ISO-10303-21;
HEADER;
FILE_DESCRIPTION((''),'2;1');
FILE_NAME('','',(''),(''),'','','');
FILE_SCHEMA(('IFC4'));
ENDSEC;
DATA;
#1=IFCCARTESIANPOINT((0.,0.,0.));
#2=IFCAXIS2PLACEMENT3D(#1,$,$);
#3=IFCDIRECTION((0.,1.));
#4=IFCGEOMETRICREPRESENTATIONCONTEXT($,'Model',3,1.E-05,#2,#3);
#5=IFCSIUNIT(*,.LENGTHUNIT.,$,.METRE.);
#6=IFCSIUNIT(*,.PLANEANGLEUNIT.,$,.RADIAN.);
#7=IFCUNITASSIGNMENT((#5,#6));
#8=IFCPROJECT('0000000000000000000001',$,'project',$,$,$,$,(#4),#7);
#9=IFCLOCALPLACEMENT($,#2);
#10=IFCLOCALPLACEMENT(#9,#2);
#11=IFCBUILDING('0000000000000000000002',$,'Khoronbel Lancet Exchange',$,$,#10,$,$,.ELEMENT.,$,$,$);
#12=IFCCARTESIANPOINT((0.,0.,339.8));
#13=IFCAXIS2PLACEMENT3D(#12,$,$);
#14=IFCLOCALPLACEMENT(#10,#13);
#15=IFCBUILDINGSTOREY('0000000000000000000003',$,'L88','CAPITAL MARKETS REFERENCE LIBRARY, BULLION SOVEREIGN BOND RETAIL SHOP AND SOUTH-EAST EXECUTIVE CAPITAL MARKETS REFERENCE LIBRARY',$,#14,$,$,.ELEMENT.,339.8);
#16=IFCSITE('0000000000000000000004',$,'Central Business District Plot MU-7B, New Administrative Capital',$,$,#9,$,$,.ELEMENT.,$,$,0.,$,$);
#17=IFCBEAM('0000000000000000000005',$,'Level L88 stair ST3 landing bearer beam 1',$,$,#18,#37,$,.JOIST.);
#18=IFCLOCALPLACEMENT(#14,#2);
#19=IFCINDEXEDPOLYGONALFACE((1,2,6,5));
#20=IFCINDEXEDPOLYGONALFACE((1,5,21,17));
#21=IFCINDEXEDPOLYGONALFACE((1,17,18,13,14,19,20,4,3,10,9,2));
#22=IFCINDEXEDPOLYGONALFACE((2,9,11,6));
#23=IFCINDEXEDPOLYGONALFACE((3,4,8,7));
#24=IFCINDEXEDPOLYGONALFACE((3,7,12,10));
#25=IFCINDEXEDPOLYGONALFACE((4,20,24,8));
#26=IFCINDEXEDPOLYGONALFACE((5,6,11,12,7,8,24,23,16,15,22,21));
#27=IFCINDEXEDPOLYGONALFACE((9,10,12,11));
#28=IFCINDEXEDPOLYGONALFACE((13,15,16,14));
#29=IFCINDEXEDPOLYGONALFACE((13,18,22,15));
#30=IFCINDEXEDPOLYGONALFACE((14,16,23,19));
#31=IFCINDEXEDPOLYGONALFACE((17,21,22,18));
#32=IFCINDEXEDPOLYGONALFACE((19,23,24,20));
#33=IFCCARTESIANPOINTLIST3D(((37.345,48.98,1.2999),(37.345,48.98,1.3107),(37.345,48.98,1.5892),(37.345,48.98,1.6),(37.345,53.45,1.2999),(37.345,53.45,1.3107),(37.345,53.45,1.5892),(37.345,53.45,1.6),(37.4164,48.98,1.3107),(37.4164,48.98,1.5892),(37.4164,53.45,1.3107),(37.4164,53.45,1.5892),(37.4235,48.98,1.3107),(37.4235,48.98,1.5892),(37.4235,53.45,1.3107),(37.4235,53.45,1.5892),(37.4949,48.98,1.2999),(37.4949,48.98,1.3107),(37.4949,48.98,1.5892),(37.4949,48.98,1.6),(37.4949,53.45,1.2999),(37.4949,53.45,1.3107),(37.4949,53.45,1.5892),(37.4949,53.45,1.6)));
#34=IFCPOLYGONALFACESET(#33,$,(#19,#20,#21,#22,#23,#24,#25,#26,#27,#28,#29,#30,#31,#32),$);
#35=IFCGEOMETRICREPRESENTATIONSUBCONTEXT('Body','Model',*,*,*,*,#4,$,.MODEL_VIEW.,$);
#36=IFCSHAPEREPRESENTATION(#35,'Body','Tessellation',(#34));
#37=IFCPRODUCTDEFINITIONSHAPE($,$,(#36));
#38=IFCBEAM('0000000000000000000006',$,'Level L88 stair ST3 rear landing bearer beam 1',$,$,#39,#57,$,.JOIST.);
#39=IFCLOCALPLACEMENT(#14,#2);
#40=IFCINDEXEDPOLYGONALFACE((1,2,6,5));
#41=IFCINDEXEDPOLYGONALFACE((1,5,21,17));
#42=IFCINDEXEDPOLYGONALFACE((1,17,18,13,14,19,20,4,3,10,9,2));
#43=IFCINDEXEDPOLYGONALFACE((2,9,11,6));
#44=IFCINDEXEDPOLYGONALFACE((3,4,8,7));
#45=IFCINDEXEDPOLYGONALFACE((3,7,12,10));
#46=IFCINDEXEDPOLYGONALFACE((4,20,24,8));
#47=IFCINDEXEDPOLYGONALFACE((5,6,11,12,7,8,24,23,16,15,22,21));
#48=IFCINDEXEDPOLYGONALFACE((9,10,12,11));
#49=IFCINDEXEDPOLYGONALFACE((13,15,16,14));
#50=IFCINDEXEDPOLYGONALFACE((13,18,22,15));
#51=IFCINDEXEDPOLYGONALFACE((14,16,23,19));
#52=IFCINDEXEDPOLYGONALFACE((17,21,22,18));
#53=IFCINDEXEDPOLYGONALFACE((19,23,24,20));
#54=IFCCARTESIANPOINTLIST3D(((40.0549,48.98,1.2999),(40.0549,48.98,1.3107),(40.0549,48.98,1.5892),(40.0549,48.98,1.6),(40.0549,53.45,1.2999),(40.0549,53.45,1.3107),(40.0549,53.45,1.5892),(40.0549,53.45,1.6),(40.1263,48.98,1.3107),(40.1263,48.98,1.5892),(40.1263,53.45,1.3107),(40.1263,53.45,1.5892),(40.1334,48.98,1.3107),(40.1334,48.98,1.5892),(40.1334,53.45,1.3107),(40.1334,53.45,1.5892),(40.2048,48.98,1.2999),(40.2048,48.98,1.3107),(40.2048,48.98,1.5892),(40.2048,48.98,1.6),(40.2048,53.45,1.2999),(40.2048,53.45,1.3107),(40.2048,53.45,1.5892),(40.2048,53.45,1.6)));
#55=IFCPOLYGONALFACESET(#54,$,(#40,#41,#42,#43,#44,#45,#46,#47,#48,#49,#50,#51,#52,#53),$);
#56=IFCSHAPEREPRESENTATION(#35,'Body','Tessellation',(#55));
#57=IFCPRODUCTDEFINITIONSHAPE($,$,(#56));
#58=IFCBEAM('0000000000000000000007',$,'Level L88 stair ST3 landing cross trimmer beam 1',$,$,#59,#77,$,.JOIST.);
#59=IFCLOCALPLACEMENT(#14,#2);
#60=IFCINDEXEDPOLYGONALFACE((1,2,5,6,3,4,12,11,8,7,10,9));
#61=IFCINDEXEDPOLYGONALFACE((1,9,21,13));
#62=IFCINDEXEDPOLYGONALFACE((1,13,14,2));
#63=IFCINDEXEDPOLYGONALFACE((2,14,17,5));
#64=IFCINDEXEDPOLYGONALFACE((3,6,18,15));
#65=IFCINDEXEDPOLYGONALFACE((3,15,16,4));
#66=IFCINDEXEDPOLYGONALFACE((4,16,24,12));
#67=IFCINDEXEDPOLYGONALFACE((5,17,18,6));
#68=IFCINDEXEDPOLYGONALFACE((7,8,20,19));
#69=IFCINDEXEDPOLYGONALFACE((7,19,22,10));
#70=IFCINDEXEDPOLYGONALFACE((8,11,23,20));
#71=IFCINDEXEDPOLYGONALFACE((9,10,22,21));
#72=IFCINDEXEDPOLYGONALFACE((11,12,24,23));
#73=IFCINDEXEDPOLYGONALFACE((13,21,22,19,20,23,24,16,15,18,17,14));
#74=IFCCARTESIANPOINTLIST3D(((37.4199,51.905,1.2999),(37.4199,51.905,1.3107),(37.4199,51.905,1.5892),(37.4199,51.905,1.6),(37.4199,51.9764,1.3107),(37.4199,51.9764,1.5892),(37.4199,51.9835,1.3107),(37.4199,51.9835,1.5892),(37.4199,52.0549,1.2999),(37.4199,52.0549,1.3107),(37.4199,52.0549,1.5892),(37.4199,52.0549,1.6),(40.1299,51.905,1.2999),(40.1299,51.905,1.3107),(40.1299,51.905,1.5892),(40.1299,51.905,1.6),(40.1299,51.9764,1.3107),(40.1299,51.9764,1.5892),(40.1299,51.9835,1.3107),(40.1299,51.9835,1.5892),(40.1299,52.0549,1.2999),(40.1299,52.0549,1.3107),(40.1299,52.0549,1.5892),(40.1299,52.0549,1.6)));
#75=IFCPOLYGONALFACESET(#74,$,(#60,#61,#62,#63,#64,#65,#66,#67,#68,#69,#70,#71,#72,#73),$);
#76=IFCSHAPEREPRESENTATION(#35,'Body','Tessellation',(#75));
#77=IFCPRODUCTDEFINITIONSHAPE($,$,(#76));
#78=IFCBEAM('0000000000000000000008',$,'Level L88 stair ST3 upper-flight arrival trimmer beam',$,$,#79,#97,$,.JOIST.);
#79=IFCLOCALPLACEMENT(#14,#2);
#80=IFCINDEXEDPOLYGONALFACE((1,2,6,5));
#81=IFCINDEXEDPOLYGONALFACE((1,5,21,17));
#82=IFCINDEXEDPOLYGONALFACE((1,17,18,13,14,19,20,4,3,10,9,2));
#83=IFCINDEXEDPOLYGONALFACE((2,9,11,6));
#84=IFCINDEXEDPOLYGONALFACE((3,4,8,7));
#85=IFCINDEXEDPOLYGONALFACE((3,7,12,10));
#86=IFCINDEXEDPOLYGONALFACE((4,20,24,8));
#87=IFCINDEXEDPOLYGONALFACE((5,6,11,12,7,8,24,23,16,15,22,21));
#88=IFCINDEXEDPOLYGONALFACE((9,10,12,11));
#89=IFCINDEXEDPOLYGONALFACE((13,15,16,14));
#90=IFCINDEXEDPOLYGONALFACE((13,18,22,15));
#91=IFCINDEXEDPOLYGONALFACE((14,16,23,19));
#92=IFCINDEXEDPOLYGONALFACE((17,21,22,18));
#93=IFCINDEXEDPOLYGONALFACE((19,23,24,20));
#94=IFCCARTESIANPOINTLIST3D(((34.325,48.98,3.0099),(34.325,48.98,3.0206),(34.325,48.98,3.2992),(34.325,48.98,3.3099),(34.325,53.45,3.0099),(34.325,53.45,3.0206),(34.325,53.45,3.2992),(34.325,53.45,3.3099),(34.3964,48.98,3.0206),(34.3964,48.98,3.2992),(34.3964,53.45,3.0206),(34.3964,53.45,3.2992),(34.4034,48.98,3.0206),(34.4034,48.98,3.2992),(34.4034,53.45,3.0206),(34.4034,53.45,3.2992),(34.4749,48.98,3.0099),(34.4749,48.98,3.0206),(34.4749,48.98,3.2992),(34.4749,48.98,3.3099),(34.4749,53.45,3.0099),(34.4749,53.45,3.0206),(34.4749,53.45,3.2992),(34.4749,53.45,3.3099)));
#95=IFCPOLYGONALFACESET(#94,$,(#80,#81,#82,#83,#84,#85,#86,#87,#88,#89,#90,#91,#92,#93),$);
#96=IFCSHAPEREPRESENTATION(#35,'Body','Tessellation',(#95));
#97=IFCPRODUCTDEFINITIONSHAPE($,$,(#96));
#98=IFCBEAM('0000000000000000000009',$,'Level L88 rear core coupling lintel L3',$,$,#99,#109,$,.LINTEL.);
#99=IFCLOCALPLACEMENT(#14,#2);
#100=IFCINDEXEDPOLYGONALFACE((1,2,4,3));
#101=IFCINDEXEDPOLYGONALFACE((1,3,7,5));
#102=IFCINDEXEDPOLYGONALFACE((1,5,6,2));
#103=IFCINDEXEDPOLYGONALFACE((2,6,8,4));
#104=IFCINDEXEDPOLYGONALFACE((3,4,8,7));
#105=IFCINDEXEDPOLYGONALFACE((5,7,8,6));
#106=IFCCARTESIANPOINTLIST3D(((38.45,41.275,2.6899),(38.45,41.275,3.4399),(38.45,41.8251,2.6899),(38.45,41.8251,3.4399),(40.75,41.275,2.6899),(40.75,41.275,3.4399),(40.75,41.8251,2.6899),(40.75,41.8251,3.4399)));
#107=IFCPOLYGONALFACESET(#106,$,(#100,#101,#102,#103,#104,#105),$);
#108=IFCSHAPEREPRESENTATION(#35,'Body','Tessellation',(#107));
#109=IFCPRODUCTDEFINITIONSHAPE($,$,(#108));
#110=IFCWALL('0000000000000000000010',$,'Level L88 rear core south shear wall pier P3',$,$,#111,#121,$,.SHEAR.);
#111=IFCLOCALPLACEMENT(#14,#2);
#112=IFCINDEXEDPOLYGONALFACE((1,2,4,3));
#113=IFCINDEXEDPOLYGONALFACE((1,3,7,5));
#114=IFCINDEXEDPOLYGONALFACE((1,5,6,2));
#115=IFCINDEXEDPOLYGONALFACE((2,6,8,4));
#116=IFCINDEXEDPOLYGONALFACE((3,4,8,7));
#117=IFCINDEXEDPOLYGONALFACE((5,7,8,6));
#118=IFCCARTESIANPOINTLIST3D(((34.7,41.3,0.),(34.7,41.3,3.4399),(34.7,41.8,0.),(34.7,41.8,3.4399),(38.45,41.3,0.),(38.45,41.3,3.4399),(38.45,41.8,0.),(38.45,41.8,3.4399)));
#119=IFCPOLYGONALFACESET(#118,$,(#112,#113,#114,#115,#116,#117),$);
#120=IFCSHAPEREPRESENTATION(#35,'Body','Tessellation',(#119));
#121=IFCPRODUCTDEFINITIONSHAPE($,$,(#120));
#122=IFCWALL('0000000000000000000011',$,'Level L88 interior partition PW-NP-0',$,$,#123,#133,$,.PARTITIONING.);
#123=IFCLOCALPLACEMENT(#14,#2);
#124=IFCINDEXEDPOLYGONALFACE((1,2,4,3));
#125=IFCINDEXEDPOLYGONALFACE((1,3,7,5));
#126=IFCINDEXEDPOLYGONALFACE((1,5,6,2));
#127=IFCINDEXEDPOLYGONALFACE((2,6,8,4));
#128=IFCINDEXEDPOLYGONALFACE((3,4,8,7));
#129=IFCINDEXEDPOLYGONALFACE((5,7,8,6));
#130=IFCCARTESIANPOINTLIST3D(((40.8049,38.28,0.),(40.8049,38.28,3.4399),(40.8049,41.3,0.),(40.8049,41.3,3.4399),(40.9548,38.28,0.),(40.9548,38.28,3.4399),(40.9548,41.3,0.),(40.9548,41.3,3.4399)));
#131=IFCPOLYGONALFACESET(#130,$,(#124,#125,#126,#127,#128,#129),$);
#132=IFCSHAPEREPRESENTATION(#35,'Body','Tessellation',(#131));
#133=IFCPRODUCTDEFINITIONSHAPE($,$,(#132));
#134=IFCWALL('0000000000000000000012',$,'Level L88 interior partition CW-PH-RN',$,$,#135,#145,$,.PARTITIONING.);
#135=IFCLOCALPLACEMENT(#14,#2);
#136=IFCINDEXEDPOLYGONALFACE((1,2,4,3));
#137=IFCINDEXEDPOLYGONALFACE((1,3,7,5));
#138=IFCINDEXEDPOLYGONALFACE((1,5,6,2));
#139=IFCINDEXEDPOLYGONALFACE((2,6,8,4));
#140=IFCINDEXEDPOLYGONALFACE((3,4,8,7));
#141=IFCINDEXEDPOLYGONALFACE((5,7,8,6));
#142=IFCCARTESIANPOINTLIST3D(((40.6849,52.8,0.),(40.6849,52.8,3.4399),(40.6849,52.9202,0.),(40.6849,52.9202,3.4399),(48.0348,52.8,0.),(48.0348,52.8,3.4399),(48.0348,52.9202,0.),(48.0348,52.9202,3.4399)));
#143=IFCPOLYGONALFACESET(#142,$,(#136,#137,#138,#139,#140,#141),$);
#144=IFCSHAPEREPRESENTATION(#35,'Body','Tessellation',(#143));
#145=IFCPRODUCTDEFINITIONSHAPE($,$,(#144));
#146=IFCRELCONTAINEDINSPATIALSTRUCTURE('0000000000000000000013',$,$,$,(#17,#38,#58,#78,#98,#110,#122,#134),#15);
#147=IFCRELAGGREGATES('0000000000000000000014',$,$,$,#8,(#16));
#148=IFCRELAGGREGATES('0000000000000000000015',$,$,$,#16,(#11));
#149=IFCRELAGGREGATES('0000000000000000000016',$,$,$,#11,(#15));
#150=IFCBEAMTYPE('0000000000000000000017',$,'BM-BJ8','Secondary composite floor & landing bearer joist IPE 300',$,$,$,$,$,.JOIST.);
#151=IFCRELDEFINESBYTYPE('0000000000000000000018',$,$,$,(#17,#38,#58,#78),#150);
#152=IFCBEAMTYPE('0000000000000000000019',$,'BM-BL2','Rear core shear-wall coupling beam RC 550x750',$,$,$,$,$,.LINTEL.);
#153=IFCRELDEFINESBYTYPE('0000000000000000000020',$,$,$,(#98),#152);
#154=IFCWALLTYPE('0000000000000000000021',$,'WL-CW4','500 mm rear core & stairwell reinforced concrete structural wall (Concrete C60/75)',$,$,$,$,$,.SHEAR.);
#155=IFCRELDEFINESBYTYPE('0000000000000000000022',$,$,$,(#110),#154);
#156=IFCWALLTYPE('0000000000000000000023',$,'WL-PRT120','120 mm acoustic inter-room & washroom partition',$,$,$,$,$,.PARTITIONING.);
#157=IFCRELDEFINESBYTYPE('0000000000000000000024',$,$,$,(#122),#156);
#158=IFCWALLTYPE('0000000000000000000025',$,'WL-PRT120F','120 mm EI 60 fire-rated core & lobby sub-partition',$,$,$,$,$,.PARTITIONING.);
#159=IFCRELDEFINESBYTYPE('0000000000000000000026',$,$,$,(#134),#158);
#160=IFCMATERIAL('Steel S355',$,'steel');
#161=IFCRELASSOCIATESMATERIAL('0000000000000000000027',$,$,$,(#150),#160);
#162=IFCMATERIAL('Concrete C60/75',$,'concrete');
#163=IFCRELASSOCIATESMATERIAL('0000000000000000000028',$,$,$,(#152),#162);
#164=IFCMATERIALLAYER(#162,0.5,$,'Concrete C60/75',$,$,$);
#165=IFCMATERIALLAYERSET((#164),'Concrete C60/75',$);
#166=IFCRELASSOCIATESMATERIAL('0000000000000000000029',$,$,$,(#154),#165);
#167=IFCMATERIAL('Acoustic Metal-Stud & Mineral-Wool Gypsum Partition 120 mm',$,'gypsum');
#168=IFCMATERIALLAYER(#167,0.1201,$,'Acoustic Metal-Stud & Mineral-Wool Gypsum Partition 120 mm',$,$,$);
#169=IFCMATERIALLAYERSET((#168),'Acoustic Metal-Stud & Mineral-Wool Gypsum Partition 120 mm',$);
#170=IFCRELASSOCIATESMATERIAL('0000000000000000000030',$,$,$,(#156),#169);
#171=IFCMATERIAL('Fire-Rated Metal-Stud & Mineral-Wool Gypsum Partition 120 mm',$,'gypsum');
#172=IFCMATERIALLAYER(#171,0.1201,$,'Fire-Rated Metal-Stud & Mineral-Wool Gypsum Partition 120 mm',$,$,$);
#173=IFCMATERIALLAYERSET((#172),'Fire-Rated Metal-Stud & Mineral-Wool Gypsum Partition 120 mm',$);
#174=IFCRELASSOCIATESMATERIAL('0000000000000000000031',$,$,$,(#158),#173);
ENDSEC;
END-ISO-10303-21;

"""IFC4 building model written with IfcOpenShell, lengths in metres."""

from ifc_helpers import new_model, si_unit, direction, frame, frame_2d, origin, origin_2d, place, context, subcontext, project, spatial, rectangle, i_section, extrude, material, layer, layer_set, material_profile, profile_set, type_object, element, save


model = new_model("IFC4")

# Units and contexts
model_context = context("Model", 3, precision=1e-05, world=origin(), true_north=direction((0.0, 1.0)))
body_context = subcontext(model_context, "Body", "Model", "MODEL_VIEW")
ifc_project = project(units=[si_unit("LENGTHUNIT", "METRE"), si_unit("PLANEANGLEUNIT", "RADIAN")], contexts=[model_context])

# Site, building, storey
site_placement = place(None, origin())
site = spatial("IfcSite", under=ifc_project, at=site_placement, Name="Central Business District Plot MU-7B, New Administrative Capital", CompositionType="ELEMENT", RefElevation=0.0)
building_placement = place(site_placement, origin())
building = spatial("IfcBuilding", under=site, at=building_placement, Name="Khoronbel Lancet Exchange", CompositionType="ELEMENT")
storey_placement = place(building_placement, frame((0.0, 0.0, 339.8)))
storey = spatial("IfcBuildingStorey", under=building, at=storey_placement, Name="L88", Description="CAPITAL MARKETS REFERENCE LIBRARY, BULLION SOVEREIGN BOND RETAIL SHOP AND SOUTH-EAST EXECUTIVE CAPITAL MARKETS REFERENCE LIBRARY", CompositionType="ELEMENT", Elevation=339.8)

# Beams
ifc_material_1 = material(Name="Steel S355", Category="steel")
ifc_material_profile_1 = material_profile(ifc_material_1, i_section(OverallWidth=0.1499, OverallDepth=0.3, WebThickness=0.0071, FlangeThickness=0.0107, at=origin_2d()), Name="IPE 300")
ifc_profile_set_1 = profile_set([ifc_material_profile_1], Name="Steel S355")
beam_type_1 = type_object("IfcBeamType", Name="BM-BJ8", Description="Secondary composite floor & landing bearer joist IPE 300", PredefinedType="JOIST", material=ifc_profile_set_1)
for number, where, z_axis, x_axis, name in (
    (1, (37.4199, 48.98, 1.45), (0.0, 1.0, 0.0), (-1.0, 0.0, 0.0), "Level L88 stair ST3 landing bearer beam 1"),
    (2, (40.1299, 48.98, 1.45), (0.0, 1.0, 0.0), (-1.0, 0.0, 0.0), "Level L88 stair ST3 rear landing bearer beam 1"),
):
    element("IfcBeam", number, at=place(storey_placement, frame(where, z_axis=z_axis, x_axis=x_axis)), inside=storey, type_object=beam_type_1, Name=name, PredefinedType="JOIST", context=body_context, shape_type="SweptSolid", body=[
        extrude(i_section(OverallWidth=0.1499, OverallDepth=0.3, WebThickness=0.0071, FlangeThickness=0.0107, at=origin_2d()), origin(), (0.0, 0.0, 1.0), 4.47),
    ])
beam_1_placement = place(storey_placement, frame((37.4199, 51.98, 1.45), z_axis=(1.0, 0.0, 0.0), x_axis=(0.0, 1.0, 0.0)))
element("IfcBeam", 3, at=beam_1_placement, inside=storey, type_object=beam_type_1, Name="Level L88 stair ST3 landing cross trimmer beam 1", PredefinedType="JOIST", context=body_context, shape_type="SweptSolid", body=[
    extrude(i_section(OverallWidth=0.1499, OverallDepth=0.3, WebThickness=0.0071, FlangeThickness=0.0107, at=origin_2d()), origin(), (0.0, 0.0, 1.0), 2.71),
])
beam_2_placement = place(storey_placement, frame((34.3999, 48.98, 3.1599), z_axis=(0.0, 1.0, 0.0), x_axis=(-1.0, 0.0, 0.0)))
element("IfcBeam", 4, at=beam_2_placement, inside=storey, type_object=beam_type_1, Name="Level L88 stair ST3 upper-flight arrival trimmer beam", PredefinedType="JOIST", context=body_context, shape_type="SweptSolid", body=[
    extrude(i_section(OverallWidth=0.1499, OverallDepth=0.3, WebThickness=0.0071, FlangeThickness=0.0107, at=origin_2d()), origin(), (0.0, 0.0, 1.0), 4.47),
])
ifc_material_2 = material(Name="Concrete C60/75", Category="concrete")
ifc_material_profile_2 = material_profile(ifc_material_2, rectangle(XDim=0.55, YDim=0.75, at=origin_2d()), Name="RC 550x750")
ifc_profile_set_2 = profile_set([ifc_material_profile_2], Name="Concrete C60/75")
beam_type_2 = type_object("IfcBeamType", Name="BM-BL2", Description="Rear core shear-wall coupling beam RC 550x750", PredefinedType="LINTEL", material=ifc_profile_set_2)
beam_3_placement = place(storey_placement, frame((38.45, 41.55, 3.0649), z_axis=(1.0, 0.0, 0.0), x_axis=(0.0, 1.0, 0.0)))
element("IfcBeam", 5, at=beam_3_placement, inside=storey, type_object=beam_type_2, Name="Level L88 rear core coupling lintel L3", PredefinedType="LINTEL", context=body_context, shape_type="SweptSolid", body=[
    extrude(rectangle(XDim=0.55, YDim=0.75, at=origin_2d()), origin(), (0.0, 0.0, 1.0), 2.3),
])

# Walls
ifc_layer_1 = layer(ifc_material_2, 0.5, Name="Concrete C60/75")
ifc_layer_set_1 = layer_set([ifc_layer_1], Name="Concrete C60/75")
wall_type_1 = type_object("IfcWallType", Name="WL-CW4", Description="500 mm rear core & stairwell reinforced concrete structural wall (Concrete C60/75)", PredefinedType="SHEAR", material=ifc_layer_set_1)
wall_1_placement = place(storey_placement, frame((38.45, 41.55, 0.0), z_axis=(0.0, 0.0, 1.0), x_axis=(-1.0, 0.0, 0.0)))
element("IfcWall", 6, at=wall_1_placement, inside=storey, type_object=wall_type_1, Name="Level L88 rear core south shear wall pier P3", PredefinedType="SHEAR", context=body_context, shape_type="SweptSolid", body=[
    extrude(rectangle(XDim=3.75, YDim=0.5, at=frame_2d((1.875, 0.0))), origin(), (0.0, 0.0, 1.0), 3.4399),
])
ifc_material_3 = material(Name="Acoustic Metal-Stud & Mineral-Wool Gypsum Partition 120 mm", Category="gypsum")
ifc_layer_2 = layer(ifc_material_3, 0.1201, Name="Acoustic Metal-Stud & Mineral-Wool Gypsum Partition 120 mm")
ifc_layer_set_2 = layer_set([ifc_layer_2], Name="Acoustic Metal-Stud & Mineral-Wool Gypsum Partition 120 mm")
wall_type_2 = type_object("IfcWallType", Name="WL-PRT120", Description="120 mm acoustic inter-room & washroom partition", PredefinedType="PARTITIONING", material=ifc_layer_set_2)
wall_2_placement = place(storey_placement, frame((40.8799, 38.28, 0.0), z_axis=(0.0, 0.0, 1.0), x_axis=(0.0, 1.0, 0.0)))
element("IfcWall", 7, at=wall_2_placement, inside=storey, type_object=wall_type_2, Name="Level L88 interior partition PW-NP-0", PredefinedType="PARTITIONING", context=body_context, shape_type="SweptSolid", body=[
    extrude(rectangle(XDim=3.02, YDim=0.1499, at=frame_2d((1.51, 0.0))), origin(), (0.0, 0.0, 1.0), 3.4399),
])
ifc_material_4 = material(Name="Fire-Rated Metal-Stud & Mineral-Wool Gypsum Partition 120 mm", Category="gypsum")
ifc_layer_3 = layer(ifc_material_4, 0.1201, Name="Fire-Rated Metal-Stud & Mineral-Wool Gypsum Partition 120 mm")
ifc_layer_set_3 = layer_set([ifc_layer_3], Name="Fire-Rated Metal-Stud & Mineral-Wool Gypsum Partition 120 mm")
wall_type_3 = type_object("IfcWallType", Name="WL-PRT120F", Description="120 mm EI 60 fire-rated core & lobby sub-partition", PredefinedType="PARTITIONING", material=ifc_layer_set_3)
wall_3_placement = place(storey_placement, frame((40.6851, 52.8601, 0.0), z_axis=(0.0, 0.0, 1.0), x_axis=(1.0, 0.0, 0.0)))
element("IfcWall", 8, at=wall_3_placement, inside=storey, type_object=wall_type_3, Name="Level L88 interior partition CW-PH-RN", PredefinedType="PARTITIONING", context=body_context, shape_type="SweptSolid", body=[
    extrude(rectangle(XDim=7.3499, YDim=0.1201, at=frame_2d((3.6748, 0.0))), origin(), (0.0, 0.0, 1.0), 3.4399),
])

save(model, "model.ifc")
